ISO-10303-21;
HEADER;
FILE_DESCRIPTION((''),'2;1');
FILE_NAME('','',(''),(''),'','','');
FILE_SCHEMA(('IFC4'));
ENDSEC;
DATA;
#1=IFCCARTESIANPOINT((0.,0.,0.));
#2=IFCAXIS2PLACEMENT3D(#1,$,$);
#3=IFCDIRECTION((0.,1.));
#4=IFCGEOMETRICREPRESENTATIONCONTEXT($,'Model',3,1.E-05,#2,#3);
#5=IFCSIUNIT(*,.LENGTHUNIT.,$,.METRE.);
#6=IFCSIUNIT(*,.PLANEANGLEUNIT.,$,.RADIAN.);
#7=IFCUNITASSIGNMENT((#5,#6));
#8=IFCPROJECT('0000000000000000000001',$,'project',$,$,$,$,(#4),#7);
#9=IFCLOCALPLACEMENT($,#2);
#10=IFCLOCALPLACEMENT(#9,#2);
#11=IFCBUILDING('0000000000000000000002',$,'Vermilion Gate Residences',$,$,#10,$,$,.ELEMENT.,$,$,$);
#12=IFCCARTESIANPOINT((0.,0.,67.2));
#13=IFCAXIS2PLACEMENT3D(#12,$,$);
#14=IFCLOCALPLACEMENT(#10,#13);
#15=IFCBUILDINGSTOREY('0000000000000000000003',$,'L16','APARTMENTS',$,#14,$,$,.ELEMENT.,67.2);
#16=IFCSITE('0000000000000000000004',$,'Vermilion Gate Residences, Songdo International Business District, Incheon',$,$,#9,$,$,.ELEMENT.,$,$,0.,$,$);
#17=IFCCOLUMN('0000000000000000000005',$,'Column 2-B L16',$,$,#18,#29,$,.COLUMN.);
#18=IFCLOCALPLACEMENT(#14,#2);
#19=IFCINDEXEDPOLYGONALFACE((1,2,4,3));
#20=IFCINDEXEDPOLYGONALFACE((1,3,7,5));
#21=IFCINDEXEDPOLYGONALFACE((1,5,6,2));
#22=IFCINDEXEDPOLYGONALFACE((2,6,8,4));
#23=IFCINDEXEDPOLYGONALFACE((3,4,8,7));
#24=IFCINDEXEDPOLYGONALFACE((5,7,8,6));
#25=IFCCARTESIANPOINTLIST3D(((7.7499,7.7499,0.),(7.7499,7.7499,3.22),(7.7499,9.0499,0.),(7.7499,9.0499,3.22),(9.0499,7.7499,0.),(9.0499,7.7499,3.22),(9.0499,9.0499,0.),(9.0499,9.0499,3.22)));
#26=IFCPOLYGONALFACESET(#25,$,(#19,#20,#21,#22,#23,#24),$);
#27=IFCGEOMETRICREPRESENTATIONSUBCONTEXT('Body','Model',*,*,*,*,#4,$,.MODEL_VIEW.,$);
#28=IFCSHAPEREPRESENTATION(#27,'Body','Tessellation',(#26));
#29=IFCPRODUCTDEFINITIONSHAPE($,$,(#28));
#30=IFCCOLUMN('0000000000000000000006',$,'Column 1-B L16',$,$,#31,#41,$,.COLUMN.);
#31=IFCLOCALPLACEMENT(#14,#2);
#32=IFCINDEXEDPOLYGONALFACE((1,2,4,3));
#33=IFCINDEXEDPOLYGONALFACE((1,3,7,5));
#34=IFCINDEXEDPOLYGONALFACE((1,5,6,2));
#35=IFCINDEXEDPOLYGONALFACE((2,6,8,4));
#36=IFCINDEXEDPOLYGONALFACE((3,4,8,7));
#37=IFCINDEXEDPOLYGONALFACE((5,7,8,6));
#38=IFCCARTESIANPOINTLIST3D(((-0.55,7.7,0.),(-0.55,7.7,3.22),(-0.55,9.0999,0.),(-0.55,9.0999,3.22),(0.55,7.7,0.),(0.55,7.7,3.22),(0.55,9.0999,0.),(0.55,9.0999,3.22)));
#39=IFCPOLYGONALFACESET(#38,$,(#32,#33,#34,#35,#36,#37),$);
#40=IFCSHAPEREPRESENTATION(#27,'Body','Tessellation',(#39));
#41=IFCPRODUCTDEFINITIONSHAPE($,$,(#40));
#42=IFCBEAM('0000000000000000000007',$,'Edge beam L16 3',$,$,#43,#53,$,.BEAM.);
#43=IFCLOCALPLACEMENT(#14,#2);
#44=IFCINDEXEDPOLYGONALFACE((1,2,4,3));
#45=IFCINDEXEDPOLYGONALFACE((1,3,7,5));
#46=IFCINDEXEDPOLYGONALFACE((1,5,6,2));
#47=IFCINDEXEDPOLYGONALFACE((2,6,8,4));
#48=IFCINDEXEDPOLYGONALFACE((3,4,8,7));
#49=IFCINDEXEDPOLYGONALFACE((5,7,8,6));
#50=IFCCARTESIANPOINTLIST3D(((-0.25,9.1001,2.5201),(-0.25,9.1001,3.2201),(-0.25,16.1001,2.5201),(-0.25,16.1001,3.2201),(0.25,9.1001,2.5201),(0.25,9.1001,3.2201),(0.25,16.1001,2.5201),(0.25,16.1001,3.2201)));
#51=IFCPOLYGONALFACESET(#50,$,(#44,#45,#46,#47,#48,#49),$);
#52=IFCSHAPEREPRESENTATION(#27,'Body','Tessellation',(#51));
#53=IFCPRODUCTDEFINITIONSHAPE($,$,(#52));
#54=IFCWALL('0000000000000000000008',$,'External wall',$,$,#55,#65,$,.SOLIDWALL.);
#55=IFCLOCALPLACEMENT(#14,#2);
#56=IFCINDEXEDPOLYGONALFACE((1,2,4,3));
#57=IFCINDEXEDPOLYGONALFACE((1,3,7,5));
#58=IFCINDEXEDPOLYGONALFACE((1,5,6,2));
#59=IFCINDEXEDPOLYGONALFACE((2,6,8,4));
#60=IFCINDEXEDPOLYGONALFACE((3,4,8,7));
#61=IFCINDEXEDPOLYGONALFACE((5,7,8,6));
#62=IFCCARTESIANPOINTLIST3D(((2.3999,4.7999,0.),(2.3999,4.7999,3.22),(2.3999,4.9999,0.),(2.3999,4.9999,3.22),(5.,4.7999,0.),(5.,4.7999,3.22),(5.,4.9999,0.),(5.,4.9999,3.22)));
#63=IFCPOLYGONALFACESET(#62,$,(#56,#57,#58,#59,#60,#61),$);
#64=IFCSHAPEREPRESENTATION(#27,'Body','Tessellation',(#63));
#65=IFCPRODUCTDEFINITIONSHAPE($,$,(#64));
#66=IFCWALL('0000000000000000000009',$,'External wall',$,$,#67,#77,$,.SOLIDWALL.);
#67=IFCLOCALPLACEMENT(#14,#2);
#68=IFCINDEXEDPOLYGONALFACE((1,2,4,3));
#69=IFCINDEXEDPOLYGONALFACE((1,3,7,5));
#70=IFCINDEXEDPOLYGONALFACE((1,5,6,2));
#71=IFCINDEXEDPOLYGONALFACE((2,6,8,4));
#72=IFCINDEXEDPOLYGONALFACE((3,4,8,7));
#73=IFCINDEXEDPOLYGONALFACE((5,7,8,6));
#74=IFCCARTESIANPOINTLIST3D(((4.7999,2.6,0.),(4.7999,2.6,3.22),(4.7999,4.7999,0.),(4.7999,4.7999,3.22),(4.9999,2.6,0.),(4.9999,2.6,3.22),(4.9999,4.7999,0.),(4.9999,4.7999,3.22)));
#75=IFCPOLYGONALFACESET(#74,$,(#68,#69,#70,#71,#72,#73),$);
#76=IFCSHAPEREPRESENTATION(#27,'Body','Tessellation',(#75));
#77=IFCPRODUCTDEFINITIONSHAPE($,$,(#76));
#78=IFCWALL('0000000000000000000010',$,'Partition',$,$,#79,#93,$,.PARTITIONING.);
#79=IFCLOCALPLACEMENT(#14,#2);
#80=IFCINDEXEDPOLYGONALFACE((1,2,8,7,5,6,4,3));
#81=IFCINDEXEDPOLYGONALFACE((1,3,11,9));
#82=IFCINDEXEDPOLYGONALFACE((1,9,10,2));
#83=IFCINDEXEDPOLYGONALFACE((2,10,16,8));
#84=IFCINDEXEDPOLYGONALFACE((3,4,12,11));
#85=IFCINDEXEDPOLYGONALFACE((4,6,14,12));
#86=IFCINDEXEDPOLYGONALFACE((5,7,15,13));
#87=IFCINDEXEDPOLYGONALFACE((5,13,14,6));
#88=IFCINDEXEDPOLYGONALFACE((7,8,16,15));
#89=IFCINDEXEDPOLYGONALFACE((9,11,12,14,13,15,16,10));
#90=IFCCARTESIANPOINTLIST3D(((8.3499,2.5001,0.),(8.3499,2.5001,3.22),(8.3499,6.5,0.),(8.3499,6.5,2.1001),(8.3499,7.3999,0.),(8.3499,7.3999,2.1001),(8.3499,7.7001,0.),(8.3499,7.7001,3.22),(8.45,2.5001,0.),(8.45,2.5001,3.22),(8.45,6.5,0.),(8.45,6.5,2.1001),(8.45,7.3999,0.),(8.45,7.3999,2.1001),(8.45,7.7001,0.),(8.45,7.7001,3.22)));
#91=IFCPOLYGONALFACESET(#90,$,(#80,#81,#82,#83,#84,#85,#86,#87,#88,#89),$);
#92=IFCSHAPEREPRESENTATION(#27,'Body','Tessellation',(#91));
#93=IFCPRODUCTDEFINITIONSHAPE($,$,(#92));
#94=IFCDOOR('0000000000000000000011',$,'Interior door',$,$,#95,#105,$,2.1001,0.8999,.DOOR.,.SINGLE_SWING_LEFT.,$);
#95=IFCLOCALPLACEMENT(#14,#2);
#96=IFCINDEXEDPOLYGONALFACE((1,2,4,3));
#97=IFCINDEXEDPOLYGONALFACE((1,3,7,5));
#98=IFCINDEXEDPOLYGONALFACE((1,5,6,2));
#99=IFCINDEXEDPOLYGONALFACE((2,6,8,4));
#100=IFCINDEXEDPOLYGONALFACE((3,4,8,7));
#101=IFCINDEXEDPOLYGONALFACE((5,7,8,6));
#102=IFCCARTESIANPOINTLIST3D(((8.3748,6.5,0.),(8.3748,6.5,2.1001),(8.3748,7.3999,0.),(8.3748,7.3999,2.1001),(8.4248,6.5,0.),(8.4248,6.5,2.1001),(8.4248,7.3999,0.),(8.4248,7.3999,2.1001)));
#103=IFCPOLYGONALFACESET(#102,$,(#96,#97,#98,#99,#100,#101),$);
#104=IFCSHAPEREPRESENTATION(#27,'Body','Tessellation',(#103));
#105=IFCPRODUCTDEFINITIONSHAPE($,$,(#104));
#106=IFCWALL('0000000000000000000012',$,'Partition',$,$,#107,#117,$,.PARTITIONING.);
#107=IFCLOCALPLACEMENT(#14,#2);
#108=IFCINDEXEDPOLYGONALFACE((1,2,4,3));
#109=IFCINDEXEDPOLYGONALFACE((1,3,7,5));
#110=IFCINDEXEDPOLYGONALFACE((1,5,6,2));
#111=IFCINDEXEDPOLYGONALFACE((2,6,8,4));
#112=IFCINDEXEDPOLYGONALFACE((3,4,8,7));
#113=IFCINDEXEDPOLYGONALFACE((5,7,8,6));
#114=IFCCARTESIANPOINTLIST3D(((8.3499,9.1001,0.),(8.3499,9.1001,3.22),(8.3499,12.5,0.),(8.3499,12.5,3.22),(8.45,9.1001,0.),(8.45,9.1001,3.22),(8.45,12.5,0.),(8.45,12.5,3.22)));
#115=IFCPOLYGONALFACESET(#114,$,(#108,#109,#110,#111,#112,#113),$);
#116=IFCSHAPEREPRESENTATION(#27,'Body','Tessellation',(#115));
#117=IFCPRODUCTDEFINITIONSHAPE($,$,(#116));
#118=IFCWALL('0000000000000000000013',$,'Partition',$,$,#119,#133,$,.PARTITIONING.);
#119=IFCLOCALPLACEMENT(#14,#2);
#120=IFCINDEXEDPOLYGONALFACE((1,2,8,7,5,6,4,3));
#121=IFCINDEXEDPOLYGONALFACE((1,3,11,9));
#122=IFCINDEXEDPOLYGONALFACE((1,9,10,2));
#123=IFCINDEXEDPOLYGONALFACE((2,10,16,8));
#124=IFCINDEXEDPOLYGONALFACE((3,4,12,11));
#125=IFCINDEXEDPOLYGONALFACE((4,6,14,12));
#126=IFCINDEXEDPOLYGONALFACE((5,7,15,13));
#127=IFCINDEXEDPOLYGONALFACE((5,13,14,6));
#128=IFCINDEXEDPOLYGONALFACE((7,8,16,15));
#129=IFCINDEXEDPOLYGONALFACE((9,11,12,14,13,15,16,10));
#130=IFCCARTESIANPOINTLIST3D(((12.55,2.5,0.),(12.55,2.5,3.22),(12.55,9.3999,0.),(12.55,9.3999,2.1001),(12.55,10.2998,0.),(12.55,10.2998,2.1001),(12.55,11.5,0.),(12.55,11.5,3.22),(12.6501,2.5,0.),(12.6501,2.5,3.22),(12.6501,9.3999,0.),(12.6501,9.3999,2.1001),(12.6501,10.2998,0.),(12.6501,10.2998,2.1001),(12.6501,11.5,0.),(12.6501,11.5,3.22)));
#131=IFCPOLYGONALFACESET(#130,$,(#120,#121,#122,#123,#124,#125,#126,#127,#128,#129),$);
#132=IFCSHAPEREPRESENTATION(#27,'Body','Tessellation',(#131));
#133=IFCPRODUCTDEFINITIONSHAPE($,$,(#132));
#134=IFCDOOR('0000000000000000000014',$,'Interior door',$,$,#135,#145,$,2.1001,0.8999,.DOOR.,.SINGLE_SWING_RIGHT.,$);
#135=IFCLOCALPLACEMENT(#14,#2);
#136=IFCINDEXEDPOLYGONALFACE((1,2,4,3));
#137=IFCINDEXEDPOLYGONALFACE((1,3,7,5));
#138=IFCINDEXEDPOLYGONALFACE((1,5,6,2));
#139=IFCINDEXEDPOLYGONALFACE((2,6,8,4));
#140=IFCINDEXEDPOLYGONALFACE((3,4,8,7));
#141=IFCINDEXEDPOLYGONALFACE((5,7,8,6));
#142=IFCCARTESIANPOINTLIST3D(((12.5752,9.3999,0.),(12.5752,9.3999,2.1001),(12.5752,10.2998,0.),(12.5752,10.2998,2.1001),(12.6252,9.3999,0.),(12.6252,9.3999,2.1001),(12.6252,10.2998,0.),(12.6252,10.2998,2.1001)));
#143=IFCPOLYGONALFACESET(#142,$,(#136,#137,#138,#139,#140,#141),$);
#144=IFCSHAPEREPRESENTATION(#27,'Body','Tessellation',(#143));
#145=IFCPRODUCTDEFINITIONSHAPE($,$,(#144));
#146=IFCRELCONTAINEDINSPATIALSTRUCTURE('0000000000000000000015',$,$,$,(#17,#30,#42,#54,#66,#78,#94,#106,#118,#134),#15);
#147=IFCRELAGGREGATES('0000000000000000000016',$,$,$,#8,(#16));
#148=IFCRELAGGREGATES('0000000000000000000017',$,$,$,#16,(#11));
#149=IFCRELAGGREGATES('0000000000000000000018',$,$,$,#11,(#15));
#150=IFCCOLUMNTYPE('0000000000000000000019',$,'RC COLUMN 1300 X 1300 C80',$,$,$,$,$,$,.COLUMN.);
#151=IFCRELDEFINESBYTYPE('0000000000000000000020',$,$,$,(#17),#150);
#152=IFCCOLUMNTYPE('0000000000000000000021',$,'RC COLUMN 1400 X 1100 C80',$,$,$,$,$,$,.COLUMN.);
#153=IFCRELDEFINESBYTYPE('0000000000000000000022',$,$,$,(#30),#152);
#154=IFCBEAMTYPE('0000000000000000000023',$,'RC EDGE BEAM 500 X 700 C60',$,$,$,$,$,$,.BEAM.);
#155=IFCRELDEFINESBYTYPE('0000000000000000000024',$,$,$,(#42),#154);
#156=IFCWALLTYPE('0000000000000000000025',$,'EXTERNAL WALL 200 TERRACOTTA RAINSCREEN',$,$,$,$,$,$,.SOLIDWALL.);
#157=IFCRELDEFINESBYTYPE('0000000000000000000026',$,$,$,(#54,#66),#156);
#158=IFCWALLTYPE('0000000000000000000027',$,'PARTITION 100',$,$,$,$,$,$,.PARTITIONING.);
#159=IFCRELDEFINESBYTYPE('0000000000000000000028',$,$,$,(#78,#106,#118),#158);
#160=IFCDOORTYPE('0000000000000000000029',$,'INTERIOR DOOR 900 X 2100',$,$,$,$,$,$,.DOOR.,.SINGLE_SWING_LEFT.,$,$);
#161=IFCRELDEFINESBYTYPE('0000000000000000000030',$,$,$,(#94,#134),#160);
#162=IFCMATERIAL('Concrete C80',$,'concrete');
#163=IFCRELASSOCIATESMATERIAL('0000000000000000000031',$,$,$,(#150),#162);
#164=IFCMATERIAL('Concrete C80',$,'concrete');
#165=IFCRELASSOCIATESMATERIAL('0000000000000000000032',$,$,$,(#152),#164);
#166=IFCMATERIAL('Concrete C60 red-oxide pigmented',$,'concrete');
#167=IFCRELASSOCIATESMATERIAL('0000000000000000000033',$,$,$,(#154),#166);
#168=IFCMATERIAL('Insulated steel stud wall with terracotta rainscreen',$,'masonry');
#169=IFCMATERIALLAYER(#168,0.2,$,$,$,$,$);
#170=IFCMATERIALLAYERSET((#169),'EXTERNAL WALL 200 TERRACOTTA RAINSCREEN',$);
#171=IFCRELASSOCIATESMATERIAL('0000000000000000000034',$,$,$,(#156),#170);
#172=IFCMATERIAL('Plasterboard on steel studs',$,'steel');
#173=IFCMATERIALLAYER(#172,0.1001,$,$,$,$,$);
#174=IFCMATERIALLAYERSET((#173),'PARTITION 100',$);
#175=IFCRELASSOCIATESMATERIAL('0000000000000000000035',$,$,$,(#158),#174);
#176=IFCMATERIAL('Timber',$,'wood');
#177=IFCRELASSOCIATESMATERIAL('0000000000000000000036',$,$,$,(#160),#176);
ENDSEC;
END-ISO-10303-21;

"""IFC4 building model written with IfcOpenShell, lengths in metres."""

from ifc_helpers import new_model, si_unit, direction, frame, frame_2d, origin, origin_2d, place, context, subcontext, project, spatial, rectangle, extrude, material, layer, layer_set, material_profile, profile_set, type_object, element, fill, save


model = new_model("IFC4")

# Units and contexts
model_context = context("Model", 3, precision=1e-05, world=origin(), true_north=direction((0.0, 1.0)))
body_context = subcontext(model_context, "Body", "Model", "MODEL_VIEW")
ifc_project = project(units=[si_unit("LENGTHUNIT", "METRE"), si_unit("PLANEANGLEUNIT", "RADIAN")], contexts=[model_context])

# Site, building, storey
site_placement = place(None, origin())
site = spatial("IfcSite", under=ifc_project, at=site_placement, Name="Vermilion Gate Residences, Songdo International Business District, Incheon", CompositionType="ELEMENT", RefElevation=0.0)
building_placement = place(site_placement, origin())
building = spatial("IfcBuilding", under=site, at=building_placement, Name="Vermilion Gate Residences", CompositionType="ELEMENT")
storey_placement = place(building_placement, frame((0.0, 0.0, 67.2)))
storey = spatial("IfcBuildingStorey", under=building, at=storey_placement, Name="L16", Description="APARTMENTS", CompositionType="ELEMENT", Elevation=67.2)

# Columns
ifc_material_1 = material(Name="Concrete C80", Category="concrete")
ifc_material_profile_1 = material_profile(ifc_material_1, rectangle(XDim=1.3, YDim=1.3, at=origin_2d()), Name="RC-1300x1300")
ifc_profile_set_1 = profile_set([ifc_material_profile_1], Name="Concrete C80")
column_type_1 = type_object("IfcColumnType", Name="RC COLUMN 1300 X 1300 C80", PredefinedType="COLUMN", material=ifc_profile_set_1)
column_1_placement = place(storey_placement, frame((8.3999, 8.3999, 0.0), z_axis=(0.0, 0.0, 1.0), x_axis=(1.0, 0.0, 0.0)))
element("IfcColumn", 1, at=column_1_placement, inside=storey, type_object=column_type_1, Name="Column 2-B L16", PredefinedType="COLUMN", context=body_context, shape_type="SweptSolid", body=[
    extrude(rectangle(XDim=1.3, YDim=1.3, at=origin_2d()), origin(), (0.0, 0.0, 1.0), 3.22),
])
ifc_material_2 = material(Name="Concrete C80", Category="concrete")
ifc_material_profile_2 = material_profile(ifc_material_2, rectangle(XDim=1.3999, YDim=1.1001, at=origin_2d()), Name="RC-1400x1100")
ifc_profile_set_2 = profile_set([ifc_material_profile_2], Name="Concrete C80")
column_type_2 = type_object("IfcColumnType", Name="RC COLUMN 1400 X 1100 C80", PredefinedType="COLUMN", material=ifc_profile_set_2)
column_2_placement = place(storey_placement, frame((0.0, 8.3999, 0.0), z_axis=(0.0, 0.0, 1.0), x_axis=(0.0, 1.0, 0.0)))
element("IfcColumn", 2, at=column_2_placement, inside=storey, type_object=column_type_2, Name="Column 1-B L16", PredefinedType="COLUMN", context=body_context, shape_type="SweptSolid", body=[
    extrude(rectangle(XDim=1.3999, YDim=1.1001, at=origin_2d()), origin(), (0.0, 0.0, 1.0), 3.22),
])

# Beam
ifc_material_3 = material(Name="Concrete C60 red-oxide pigmented", Category="concrete")
ifc_material_profile_3 = material_profile(ifc_material_3, rectangle(XDim=0.5, YDim=0.7, at=origin_2d()), Name="RC-500x700")
ifc_profile_set_3 = profile_set([ifc_material_profile_3], Name="Concrete C60 red-oxide pigmented")
beam_type = type_object("IfcBeamType", Name="RC EDGE BEAM 500 X 700 C60", PredefinedType="BEAM", material=ifc_profile_set_3)
beam_placement = place(storey_placement, frame((0.0, 9.1001, 2.8701), z_axis=(0.0, 1.0, 0.0), x_axis=(-1.0, 0.0, 0.0)))
element("IfcBeam", 3, at=beam_placement, inside=storey, type_object=beam_type, Name="Edge beam L16 3", PredefinedType="BEAM", context=body_context, shape_type="SweptSolid", body=[
    extrude(rectangle(XDim=0.5, YDim=0.7, at=origin_2d()), origin(), (0.0, 0.0, 1.0), 7.0),
])

# Walls
ifc_material_4 = material(Name="Insulated steel stud wall with terracotta rainscreen", Category="masonry")
ifc_layer_1 = layer(ifc_material_4, 0.2)
ifc_layer_set_1 = layer_set([ifc_layer_1], Name="EXTERNAL WALL 200 TERRACOTTA RAINSCREEN")
wall_type_1 = type_object("IfcWallType", Name="EXTERNAL WALL 200 TERRACOTTA RAINSCREEN", PredefinedType="SOLIDWALL", material=ifc_layer_set_1)
wall_1_placement = place(storey_placement, frame((2.3999, 4.8999, 0.0), z_axis=(0.0, 0.0, 1.0), x_axis=(1.0, 0.0, 0.0)))
element("IfcWall", 4, at=wall_1_placement, inside=storey, type_object=wall_type_1, Name="External wall", PredefinedType="SOLIDWALL", context=body_context, shape_type="SweptSolid", body=[
    extrude(rectangle(XDim=2.6001, YDim=0.2, at=frame_2d((1.3, 0.0))), origin(), (0.0, 0.0, 1.0), 3.22),
])
wall_2_placement = place(storey_placement, frame((4.8999, 4.8, 0.0), z_axis=(0.0, 0.0, 1.0), x_axis=(0.0, -1.0, 0.0)))
element("IfcWall", 5, at=wall_2_placement, inside=storey, type_object=wall_type_1, Name="External wall", PredefinedType="SOLIDWALL", context=body_context, shape_type="SweptSolid", body=[
    extrude(rectangle(XDim=2.2, YDim=0.2, at=frame_2d((1.1001, 0.0))), origin(), (0.0, 0.0, 1.0), 3.22),
])

# Wall, opening, door
ifc_material_5 = material(Name="Plasterboard on steel studs", Category="steel")
ifc_layer_2 = layer(ifc_material_5, 0.1001)
ifc_layer_set_2 = layer_set([ifc_layer_2], Name="PARTITION 100")
wall_type_2 = type_object("IfcWallType", Name="PARTITION 100", PredefinedType="PARTITIONING", material=ifc_layer_set_2)
wall_3_placement = place(storey_placement, frame((8.3999, 2.5, 0.0), z_axis=(0.0, 0.0, 1.0), x_axis=(0.0, 1.0, 0.0)))
wall_3 = element("IfcWall", 6, at=wall_3_placement, inside=storey, type_object=wall_type_2, Name="Partition", PredefinedType="PARTITIONING", context=body_context, shape_type="SweptSolid", body=[
    extrude(rectangle(XDim=5.2, YDim=0.1001, at=frame_2d((2.6001, 0.0))), origin(), (0.0, 0.0, 1.0), 3.22),
])
opening_1_placement = place(wall_3_placement, frame((4.0, 0.0, 0.0)))
opening_1 = element("IfcOpeningElement", 7, at=opening_1_placement, cuts=wall_3, PredefinedType="OPENING", context=body_context, shape_type="SweptSolid", body=[
    extrude(rectangle(XDim=0.8999, YDim=2.1001, at=frame_2d((0.45, 1.05))), frame((0.0, 0.0601, 0.0), z_axis=(0.0, -1.0, 0.0), x_axis=(1.0, 0.0, 0.0)), (0.0, 0.0, 1.0), 0.1201),
])
ifc_material_6 = material(Name="Timber", Category="wood")
door_type_1 = type_object("IfcDoorType", Name="INTERIOR DOOR 900 X 2100", OperationType="SINGLE_SWING_LEFT", PredefinedType="DOOR", material=ifc_material_6)
door_1_placement = place(opening_1_placement, frame((0.8999, 0.0, 0.0), z_axis=(0.0, 0.0, 1.0), x_axis=(-1.0, 0.0, 0.0)))
door_1 = element("IfcDoor", 8, at=door_1_placement, inside=storey, type_object=door_type_1, Name="Interior door", OperationType="SINGLE_SWING_LEFT", OverallHeight=2.1001, OverallWidth=0.8999, PredefinedType="DOOR", context=body_context, shape_type="SweptSolid", body=[
    extrude(rectangle(XDim=0.8999, YDim=2.1001, at=frame_2d((0.45, 1.05))), frame((0.0, 0.0249, 0.0), z_axis=(0.0, -1.0, 0.0), x_axis=(1.0, 0.0, 0.0)), (0.0, 0.0, 1.0), 0.05),
])
fill(opening_1, door_1)

# Wall
wall_4_placement = place(storey_placement, frame((8.3999, 9.1001, 0.0), z_axis=(0.0, 0.0, 1.0), x_axis=(0.0, 1.0, 0.0)))
element("IfcWall", 9, at=wall_4_placement, inside=storey, type_object=wall_type_2, Name="Partition", PredefinedType="PARTITIONING", context=body_context, shape_type="SweptSolid", body=[
    extrude(rectangle(XDim=3.3999, YDim=0.1001, at=frame_2d((1.7, 0.0))), origin(), (0.0, 0.0, 1.0), 3.22),
])

# Wall, opening, door
wall_5_placement = place(storey_placement, frame((12.6001, 2.5, 0.0), z_axis=(0.0, 0.0, 1.0), x_axis=(0.0, 1.0, 0.0)))
wall_5 = element("IfcWall", 10, at=wall_5_placement, inside=storey, type_object=wall_type_2, Name="Partition", PredefinedType="PARTITIONING", context=body_context, shape_type="SweptSolid", body=[
    extrude(rectangle(XDim=9.0, YDim=0.1001, at=frame_2d((4.5, 0.0))), origin(), (0.0, 0.0, 1.0), 3.22),
])
opening_2_placement = place(wall_5_placement, frame((6.8999, 0.0, 0.0)))
opening_2 = element("IfcOpeningElement", 11, at=opening_2_placement, cuts=wall_5, PredefinedType="OPENING", context=body_context, shape_type="SweptSolid", body=[
    extrude(rectangle(XDim=0.8999, YDim=2.1001, at=frame_2d((0.45, 1.05))), frame((0.0, 0.0601, 0.0), z_axis=(0.0, -1.0, 0.0), x_axis=(1.0, 0.0, 0.0)), (0.0, 0.0, 1.0), 0.1201),
])
door_2_placement = place(opening_2_placement, origin())
door_2 = element("IfcDoor", 12, at=door_2_placement, inside=storey, type_object=door_type_1, Name="Interior door", OperationType="SINGLE_SWING_RIGHT", OverallHeight=2.1001, OverallWidth=0.8999, PredefinedType="DOOR", context=body_context, shape_type="SweptSolid", body=[
    extrude(rectangle(XDim=0.8999, YDim=2.1001, at=frame_2d((0.45, 1.05))), frame((0.0, 0.0249, 0.0), z_axis=(0.0, -1.0, 0.0), x_axis=(1.0, 0.0, 0.0)), (0.0, 0.0, 1.0), 0.05),
])
fill(opening_2, door_2)

save(model, "model.ifc")
